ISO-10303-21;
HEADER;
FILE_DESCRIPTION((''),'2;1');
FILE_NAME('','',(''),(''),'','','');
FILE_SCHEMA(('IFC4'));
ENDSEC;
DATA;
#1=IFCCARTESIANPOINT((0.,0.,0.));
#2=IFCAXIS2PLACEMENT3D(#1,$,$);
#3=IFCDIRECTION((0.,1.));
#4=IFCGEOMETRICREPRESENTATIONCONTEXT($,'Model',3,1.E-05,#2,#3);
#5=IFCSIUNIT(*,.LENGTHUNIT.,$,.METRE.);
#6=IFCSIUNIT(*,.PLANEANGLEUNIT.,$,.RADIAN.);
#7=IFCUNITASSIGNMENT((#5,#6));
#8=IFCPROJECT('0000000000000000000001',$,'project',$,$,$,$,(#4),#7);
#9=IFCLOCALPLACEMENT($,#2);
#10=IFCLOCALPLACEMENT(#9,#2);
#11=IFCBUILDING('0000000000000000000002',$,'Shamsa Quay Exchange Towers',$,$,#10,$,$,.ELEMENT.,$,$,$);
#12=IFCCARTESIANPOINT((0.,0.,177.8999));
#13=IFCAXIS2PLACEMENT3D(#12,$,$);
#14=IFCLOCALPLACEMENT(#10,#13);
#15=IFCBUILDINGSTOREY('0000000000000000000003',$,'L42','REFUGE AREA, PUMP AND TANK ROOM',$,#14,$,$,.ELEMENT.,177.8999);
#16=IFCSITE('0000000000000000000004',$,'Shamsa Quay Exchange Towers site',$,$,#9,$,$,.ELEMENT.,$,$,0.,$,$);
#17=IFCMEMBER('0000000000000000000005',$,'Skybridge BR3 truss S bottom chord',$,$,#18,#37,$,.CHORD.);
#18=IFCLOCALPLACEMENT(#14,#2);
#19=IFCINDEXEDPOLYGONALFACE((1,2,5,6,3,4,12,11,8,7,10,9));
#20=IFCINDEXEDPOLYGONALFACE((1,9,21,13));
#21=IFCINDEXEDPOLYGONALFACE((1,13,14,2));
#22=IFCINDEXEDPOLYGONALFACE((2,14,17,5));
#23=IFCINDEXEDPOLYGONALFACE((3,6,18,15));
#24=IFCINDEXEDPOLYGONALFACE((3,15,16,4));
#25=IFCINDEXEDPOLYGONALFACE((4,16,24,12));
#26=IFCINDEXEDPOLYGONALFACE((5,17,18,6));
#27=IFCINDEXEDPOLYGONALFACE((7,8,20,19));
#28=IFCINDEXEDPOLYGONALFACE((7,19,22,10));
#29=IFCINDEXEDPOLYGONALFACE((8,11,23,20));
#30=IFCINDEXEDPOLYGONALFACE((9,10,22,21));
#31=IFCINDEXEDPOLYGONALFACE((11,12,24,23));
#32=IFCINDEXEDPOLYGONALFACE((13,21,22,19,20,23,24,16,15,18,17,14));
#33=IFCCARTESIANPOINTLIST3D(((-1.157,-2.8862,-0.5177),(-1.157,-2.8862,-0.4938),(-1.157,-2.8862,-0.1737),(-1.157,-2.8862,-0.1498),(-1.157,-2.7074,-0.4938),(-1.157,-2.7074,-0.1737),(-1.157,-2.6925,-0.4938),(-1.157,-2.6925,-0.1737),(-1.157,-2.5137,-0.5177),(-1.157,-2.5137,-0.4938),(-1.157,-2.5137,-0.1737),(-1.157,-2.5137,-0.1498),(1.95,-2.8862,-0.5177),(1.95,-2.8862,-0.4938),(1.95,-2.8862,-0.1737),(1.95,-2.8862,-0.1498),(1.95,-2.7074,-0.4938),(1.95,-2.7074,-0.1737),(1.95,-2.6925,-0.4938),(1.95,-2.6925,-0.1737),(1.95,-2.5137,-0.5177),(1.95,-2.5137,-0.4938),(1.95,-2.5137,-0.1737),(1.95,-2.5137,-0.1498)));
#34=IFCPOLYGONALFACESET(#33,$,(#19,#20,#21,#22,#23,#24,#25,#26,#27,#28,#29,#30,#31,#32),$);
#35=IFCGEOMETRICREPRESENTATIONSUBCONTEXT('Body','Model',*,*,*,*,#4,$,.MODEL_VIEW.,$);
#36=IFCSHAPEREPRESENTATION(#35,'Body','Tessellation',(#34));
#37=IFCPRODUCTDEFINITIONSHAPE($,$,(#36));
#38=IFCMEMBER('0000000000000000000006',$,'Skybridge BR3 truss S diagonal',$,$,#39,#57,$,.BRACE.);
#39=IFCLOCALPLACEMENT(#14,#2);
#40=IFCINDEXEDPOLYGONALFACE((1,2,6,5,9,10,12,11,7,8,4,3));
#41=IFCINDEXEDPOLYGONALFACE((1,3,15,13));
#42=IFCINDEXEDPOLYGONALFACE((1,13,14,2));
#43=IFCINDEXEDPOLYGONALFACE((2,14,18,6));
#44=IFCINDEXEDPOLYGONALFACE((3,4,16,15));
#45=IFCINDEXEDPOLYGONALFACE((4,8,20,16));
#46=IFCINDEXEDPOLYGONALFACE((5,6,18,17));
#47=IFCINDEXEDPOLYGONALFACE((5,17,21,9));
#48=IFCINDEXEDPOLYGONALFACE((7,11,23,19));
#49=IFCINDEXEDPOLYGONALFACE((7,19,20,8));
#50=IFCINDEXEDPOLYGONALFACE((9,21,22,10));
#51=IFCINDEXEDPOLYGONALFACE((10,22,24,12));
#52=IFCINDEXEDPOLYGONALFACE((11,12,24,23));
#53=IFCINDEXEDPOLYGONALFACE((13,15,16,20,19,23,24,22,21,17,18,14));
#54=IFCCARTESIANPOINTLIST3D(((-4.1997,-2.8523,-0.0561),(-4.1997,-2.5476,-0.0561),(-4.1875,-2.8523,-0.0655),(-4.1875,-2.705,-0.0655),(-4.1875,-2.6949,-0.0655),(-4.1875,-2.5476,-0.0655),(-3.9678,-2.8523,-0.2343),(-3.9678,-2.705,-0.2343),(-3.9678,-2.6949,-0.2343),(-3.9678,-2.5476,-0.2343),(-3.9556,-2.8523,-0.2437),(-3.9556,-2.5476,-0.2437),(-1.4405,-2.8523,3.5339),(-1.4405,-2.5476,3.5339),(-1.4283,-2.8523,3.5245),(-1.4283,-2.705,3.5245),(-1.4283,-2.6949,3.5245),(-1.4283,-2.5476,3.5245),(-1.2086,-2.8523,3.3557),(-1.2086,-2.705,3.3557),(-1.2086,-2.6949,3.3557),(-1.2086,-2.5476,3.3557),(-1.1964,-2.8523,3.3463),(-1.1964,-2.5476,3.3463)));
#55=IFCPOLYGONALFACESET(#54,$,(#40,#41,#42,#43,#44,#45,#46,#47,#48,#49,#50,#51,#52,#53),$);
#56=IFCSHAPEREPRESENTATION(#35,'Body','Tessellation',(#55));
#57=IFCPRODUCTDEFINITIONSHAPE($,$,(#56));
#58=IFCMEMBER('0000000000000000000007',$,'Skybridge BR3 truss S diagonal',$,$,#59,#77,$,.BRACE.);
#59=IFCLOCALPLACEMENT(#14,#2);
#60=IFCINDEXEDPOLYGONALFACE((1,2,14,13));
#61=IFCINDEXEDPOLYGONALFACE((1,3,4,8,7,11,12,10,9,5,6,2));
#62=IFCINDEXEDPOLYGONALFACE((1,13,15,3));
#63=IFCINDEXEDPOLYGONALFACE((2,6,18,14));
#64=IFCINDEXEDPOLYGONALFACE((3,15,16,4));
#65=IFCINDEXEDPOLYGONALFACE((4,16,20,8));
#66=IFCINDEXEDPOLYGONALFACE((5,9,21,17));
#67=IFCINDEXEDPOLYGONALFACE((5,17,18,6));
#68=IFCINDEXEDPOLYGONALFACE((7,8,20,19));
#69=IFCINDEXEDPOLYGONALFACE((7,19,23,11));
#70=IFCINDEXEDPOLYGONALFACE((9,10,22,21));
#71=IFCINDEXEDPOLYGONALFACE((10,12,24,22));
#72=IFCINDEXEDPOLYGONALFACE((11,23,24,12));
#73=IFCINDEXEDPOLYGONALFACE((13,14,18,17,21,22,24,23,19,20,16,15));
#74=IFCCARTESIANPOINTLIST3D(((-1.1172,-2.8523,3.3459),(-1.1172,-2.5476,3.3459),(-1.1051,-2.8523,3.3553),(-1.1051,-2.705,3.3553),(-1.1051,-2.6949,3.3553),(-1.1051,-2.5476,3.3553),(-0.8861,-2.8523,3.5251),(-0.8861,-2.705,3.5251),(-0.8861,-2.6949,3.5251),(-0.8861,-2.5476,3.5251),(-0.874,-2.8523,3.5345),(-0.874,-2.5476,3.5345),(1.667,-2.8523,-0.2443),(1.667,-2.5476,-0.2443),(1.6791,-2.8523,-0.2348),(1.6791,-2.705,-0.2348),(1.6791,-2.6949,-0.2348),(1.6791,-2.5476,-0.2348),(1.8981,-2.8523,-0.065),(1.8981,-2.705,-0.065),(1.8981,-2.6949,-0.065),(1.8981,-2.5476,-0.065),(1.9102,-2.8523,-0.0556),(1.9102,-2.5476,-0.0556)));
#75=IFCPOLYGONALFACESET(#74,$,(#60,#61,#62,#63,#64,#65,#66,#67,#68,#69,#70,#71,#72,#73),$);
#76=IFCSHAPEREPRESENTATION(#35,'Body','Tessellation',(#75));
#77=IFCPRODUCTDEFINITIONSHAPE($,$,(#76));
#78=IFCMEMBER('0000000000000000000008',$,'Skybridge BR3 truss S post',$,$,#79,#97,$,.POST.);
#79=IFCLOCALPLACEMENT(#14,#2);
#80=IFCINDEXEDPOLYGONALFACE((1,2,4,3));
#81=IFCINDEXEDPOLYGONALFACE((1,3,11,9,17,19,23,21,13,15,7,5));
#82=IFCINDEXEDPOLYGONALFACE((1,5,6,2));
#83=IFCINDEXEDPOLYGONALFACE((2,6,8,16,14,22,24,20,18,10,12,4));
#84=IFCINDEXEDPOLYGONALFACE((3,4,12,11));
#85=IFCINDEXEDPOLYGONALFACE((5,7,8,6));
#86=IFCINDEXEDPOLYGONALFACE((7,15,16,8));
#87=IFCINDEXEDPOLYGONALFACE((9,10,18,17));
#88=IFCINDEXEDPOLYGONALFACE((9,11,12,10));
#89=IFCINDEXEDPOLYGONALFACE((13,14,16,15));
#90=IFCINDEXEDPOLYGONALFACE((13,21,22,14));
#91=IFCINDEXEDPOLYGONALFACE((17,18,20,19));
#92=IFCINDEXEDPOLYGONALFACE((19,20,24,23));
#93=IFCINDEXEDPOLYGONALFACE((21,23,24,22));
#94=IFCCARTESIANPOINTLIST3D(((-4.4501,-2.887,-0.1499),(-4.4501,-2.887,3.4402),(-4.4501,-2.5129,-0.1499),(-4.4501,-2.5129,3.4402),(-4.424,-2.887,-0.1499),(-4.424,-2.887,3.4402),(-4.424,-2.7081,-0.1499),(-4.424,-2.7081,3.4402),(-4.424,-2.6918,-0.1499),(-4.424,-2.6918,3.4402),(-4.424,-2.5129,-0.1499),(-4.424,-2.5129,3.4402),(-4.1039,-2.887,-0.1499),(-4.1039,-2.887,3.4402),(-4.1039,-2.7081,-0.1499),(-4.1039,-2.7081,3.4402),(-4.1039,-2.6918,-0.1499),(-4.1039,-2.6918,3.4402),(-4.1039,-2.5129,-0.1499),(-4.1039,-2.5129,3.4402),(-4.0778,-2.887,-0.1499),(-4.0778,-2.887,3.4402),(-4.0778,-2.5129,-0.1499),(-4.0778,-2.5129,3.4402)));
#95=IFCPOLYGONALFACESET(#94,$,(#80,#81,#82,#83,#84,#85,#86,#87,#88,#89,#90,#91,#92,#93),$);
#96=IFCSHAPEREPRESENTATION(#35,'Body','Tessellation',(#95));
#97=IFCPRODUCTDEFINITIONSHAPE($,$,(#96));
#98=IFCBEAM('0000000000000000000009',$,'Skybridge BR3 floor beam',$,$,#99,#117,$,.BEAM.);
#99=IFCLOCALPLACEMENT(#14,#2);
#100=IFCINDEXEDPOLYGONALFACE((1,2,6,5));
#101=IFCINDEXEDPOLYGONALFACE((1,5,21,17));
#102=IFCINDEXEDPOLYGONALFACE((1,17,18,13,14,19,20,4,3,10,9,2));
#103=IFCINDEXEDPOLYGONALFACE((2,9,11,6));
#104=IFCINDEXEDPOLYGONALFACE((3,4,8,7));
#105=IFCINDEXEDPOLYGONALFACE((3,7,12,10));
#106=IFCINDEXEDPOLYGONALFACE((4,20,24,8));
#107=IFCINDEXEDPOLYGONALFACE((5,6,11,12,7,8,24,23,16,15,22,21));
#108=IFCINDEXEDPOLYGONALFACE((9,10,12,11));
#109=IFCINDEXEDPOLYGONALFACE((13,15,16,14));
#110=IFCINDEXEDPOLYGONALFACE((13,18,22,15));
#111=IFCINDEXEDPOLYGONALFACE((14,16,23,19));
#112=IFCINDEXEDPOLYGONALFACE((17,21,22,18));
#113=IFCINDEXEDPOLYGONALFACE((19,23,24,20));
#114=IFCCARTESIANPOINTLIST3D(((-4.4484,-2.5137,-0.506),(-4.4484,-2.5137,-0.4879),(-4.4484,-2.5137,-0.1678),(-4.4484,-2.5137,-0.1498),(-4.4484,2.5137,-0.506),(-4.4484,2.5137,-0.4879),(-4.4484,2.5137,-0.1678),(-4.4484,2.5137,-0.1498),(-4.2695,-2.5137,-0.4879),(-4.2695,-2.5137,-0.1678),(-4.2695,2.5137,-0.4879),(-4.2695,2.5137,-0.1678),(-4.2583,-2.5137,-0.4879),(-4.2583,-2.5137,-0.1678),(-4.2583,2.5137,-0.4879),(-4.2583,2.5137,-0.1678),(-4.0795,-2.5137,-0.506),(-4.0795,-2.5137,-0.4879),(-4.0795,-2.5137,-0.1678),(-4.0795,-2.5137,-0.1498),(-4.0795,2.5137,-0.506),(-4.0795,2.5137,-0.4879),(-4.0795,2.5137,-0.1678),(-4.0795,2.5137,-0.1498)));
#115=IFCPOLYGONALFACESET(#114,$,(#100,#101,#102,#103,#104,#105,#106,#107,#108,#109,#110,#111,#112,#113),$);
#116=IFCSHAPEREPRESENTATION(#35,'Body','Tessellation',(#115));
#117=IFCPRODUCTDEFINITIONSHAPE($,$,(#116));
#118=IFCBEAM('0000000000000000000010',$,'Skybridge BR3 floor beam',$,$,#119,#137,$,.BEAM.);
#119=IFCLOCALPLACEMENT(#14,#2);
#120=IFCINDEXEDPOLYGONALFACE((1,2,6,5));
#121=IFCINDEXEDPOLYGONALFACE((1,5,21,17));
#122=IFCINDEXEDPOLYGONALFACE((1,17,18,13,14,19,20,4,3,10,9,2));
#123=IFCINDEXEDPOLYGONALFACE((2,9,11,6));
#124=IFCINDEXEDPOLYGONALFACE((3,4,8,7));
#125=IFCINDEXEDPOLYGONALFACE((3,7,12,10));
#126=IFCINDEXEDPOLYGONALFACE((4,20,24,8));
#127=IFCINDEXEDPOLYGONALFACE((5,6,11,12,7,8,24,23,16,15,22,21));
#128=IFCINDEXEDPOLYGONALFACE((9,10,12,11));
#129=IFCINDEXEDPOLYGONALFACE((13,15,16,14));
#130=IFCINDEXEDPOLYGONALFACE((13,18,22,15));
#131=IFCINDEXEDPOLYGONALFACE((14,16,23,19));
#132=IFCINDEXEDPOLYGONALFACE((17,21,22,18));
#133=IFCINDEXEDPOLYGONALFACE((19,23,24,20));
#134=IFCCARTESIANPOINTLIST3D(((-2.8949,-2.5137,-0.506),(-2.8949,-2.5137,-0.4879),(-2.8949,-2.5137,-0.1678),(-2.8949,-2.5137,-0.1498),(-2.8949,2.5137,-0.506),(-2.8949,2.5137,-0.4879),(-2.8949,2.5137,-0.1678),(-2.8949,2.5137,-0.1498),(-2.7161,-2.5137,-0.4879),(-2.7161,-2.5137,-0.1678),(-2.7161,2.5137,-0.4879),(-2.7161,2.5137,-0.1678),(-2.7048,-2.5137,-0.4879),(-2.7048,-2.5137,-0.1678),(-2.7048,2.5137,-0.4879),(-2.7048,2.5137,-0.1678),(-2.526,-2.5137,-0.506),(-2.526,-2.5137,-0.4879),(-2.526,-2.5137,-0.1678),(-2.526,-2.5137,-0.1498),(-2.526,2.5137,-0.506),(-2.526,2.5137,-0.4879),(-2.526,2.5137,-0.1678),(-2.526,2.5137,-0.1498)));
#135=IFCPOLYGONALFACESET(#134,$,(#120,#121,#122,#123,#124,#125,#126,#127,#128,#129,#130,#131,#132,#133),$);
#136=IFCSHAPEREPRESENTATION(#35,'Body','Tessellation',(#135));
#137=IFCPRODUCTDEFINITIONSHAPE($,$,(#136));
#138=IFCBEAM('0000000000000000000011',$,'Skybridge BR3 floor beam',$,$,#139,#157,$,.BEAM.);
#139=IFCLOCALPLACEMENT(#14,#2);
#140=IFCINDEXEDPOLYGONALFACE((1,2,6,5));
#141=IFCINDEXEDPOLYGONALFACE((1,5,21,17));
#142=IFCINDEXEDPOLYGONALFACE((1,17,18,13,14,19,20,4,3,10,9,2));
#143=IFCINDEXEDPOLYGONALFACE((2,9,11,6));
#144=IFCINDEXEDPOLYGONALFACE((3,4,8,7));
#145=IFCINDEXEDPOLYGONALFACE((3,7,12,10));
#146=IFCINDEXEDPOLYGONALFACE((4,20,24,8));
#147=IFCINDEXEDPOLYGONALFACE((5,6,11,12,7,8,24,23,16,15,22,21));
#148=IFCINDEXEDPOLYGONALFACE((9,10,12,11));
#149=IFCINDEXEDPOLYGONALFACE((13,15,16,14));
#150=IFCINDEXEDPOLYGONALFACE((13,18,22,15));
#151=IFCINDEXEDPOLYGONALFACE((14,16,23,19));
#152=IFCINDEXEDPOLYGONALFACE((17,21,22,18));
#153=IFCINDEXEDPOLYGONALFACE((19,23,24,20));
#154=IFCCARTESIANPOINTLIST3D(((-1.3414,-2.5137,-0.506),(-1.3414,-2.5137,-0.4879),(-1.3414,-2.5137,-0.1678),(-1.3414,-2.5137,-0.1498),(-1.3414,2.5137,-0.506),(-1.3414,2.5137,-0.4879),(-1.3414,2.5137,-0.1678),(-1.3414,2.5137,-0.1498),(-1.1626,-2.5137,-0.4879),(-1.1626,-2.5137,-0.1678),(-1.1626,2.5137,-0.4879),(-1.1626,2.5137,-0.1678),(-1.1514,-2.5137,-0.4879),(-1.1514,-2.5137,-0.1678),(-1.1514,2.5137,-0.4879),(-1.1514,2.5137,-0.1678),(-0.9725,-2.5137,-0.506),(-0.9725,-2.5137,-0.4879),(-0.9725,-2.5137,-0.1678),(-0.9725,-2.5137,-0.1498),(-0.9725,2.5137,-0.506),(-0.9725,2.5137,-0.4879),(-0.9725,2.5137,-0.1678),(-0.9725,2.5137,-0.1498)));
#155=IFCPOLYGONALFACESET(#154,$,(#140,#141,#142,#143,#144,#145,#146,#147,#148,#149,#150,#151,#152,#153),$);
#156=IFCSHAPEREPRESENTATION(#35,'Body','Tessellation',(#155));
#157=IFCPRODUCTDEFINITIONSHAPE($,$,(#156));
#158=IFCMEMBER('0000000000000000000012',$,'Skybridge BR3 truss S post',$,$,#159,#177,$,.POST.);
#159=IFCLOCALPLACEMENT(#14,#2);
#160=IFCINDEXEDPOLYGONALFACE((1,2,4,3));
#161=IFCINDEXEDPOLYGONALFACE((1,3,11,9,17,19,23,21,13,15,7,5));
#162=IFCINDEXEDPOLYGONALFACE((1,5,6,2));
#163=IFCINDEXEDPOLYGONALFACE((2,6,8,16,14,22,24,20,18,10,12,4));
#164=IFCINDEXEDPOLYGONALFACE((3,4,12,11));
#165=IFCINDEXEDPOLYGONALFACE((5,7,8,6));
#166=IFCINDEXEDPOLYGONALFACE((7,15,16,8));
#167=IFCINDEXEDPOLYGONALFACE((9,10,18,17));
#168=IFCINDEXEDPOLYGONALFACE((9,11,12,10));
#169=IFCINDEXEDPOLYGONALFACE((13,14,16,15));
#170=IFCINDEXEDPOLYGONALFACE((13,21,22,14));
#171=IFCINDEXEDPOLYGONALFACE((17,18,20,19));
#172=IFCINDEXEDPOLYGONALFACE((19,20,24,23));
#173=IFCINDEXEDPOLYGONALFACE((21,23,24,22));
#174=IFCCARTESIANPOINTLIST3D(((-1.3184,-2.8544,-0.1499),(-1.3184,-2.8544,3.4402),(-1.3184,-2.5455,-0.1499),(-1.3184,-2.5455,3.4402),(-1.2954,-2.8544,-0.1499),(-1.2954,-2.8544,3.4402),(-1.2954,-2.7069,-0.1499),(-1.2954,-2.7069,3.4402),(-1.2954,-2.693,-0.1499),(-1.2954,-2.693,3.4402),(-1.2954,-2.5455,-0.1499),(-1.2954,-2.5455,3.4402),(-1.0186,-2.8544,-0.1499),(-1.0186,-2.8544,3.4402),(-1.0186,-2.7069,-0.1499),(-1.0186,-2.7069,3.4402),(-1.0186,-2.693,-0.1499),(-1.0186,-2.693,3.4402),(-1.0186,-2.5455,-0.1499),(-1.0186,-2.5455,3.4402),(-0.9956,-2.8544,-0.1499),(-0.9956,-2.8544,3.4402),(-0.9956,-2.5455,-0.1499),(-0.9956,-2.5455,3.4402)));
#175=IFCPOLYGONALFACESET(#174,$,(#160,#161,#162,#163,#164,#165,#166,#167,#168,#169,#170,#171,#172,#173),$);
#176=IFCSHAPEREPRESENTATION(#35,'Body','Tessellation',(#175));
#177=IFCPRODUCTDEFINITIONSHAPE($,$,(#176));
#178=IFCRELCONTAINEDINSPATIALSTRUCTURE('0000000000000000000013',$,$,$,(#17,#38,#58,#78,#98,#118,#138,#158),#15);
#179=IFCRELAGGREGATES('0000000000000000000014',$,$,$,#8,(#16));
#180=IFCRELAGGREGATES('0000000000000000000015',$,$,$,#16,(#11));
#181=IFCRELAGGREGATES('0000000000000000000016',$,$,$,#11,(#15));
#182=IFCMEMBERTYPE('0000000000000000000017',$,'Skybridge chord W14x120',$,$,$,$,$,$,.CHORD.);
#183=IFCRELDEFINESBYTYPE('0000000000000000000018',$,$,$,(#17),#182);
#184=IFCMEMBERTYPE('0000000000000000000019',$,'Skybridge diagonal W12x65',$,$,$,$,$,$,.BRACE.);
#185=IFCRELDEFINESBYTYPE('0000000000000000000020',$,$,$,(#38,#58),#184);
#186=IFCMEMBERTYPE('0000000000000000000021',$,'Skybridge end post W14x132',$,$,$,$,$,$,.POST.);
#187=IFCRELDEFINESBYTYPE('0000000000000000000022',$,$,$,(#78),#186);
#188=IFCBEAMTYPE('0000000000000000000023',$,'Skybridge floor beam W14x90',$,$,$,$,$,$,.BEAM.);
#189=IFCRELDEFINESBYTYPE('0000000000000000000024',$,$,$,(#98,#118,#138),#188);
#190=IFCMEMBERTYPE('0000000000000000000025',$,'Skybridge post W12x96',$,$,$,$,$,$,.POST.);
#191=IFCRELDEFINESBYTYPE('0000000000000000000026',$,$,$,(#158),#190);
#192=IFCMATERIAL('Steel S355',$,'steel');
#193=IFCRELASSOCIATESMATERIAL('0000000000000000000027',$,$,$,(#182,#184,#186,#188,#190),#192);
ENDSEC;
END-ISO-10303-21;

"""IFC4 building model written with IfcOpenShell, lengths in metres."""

from ifc_helpers import new_model, si_unit, direction, frame, origin, origin_2d, place, context, subcontext, project, spatial, i_section, extrude, material, material_profile, profile_set, type_object, element, save


model = new_model("IFC4")

# Units and contexts
model_context = context("Model", 3, precision=1e-05, world=origin(), true_north=direction((0.0, 1.0)))
body_context = subcontext(model_context, "Body", "Model", "MODEL_VIEW")
ifc_project = project(units=[si_unit("LENGTHUNIT", "METRE"), si_unit("PLANEANGLEUNIT", "RADIAN")], contexts=[model_context])

# Site, building, storey
site_placement = place(None, origin())
site = spatial("IfcSite", under=ifc_project, at=site_placement, Name="Shamsa Quay Exchange Towers site", CompositionType="ELEMENT", RefElevation=0.0)
building_placement = place(site_placement, origin())
building = spatial("IfcBuilding", under=site, at=building_placement, Name="Shamsa Quay Exchange Towers", CompositionType="ELEMENT")
storey_placement = place(building_placement, frame((0.0, 0.0, 177.8999)))
storey = spatial("IfcBuildingStorey", under=building, at=storey_placement, Name="L42", Description="REFUGE AREA, PUMP AND TANK ROOM", CompositionType="ELEMENT", Elevation=177.8999)

# Shared definitions
ifc_material_1 = material(Name="Steel S355", Category="steel")

# Members
ifc_material_profile_1 = material_profile(ifc_material_1, i_section(OverallWidth=0.3726, OverallDepth=0.3679, WebThickness=0.0149, FlangeThickness=0.0239, at=origin_2d()), Name="W14x120")
ifc_profile_set_1 = profile_set([ifc_material_profile_1], Name="Steel S355")
member_type_1 = type_object("IfcMemberType", Name="Skybridge chord W14x120", PredefinedType="CHORD", material=ifc_profile_set_1)
member_1_placement = place(storey_placement, frame((-1.157, -2.7, -0.3337), z_axis=(1.0, 0.0, 0.0), x_axis=(0.0, 1.0, 0.0)))
element("IfcMember", 1, at=member_1_placement, inside=storey, type_object=member_type_1, Name="Skybridge BR3 truss S bottom chord", PredefinedType="CHORD", context=body_context, shape_type="SweptSolid", body=[
    extrude(i_section(OverallWidth=0.3726, OverallDepth=0.3679, WebThickness=0.0149, FlangeThickness=0.0239, at=origin_2d()), origin(), (0.0, 0.0, 1.0), 3.1069),
])
ifc_material_profile_2 = material_profile(ifc_material_1, i_section(OverallWidth=0.3047, OverallDepth=0.3079, WebThickness=0.01, FlangeThickness=0.0154, at=origin_2d()), Name="W12x65")
ifc_profile_set_2 = profile_set([ifc_material_profile_2], Name="Steel S355")
member_type_2 = type_object("IfcMemberType", Name="Skybridge diagonal W12x65", PredefinedType="BRACE", material=ifc_profile_set_2)
member_2_placement = place(storey_placement, frame((-4.0776, -2.7, -0.1499), z_axis=(0.609388, 0.0, 0.792872), x_axis=(0.0, 1.0, 0.0)))
element("IfcMember", 2, at=member_2_placement, inside=storey, type_object=member_type_2, Name="Skybridge BR3 truss S diagonal", PredefinedType="BRACE", context=body_context, shape_type="SweptSolid", body=[
    extrude(i_section(OverallWidth=0.3047, OverallDepth=0.3079, WebThickness=0.01, FlangeThickness=0.0154, at=origin_2d()), origin(), (0.0, 0.0, 1.0), 4.5278),
])
member_3_placement = place(storey_placement, frame((-0.9956, -2.7, 3.4402), z_axis=(0.612828, 0.0, -0.790217), x_axis=(0.0, 1.0, 0.0)))
element("IfcMember", 3, at=member_3_placement, inside=storey, type_object=member_type_2, Name="Skybridge BR3 truss S diagonal", PredefinedType="BRACE", context=body_context, shape_type="SweptSolid", body=[
    extrude(i_section(OverallWidth=0.3047, OverallDepth=0.3079, WebThickness=0.01, FlangeThickness=0.0154, at=origin_2d()), origin(), (0.0, 0.0, 1.0), 4.5432),
])
ifc_material_profile_3 = material_profile(ifc_material_1, i_section(OverallWidth=0.374, OverallDepth=0.3723, WebThickness=0.0164, FlangeThickness=0.0261, at=origin_2d()), Name="W14x132")
ifc_profile_set_3 = profile_set([ifc_material_profile_3], Name="Steel S355")
member_type_3 = type_object("IfcMemberType", Name="Skybridge end post W14x132", PredefinedType="POST", material=ifc_profile_set_3)
member_4_placement = place(storey_placement, frame((-4.2639, -2.7, -0.1499), z_axis=(0.0, 0.0, 1.0), x_axis=(0.0, 1.0, 0.0)))
element("IfcMember", 4, at=member_4_placement, inside=storey, type_object=member_type_3, Name="Skybridge BR3 truss S post", PredefinedType="POST", context=body_context, shape_type="SweptSolid", body=[
    extrude(i_section(OverallWidth=0.374, OverallDepth=0.3723, WebThickness=0.0164, FlangeThickness=0.0261, at=origin_2d()), origin(), (0.0, 0.0, 1.0), 3.5901),
])

# Beams
ifc_material_profile_4 = material_profile(ifc_material_1, i_section(OverallWidth=0.3689, OverallDepth=0.3562, WebThickness=0.0112, FlangeThickness=0.0181, at=origin_2d()), Name="W14x90")
ifc_profile_set_4 = profile_set([ifc_material_profile_4], Name="Steel S355")
beam_type_1 = type_object("IfcBeamType", Name="Skybridge floor beam W14x90", PredefinedType="BEAM", material=ifc_profile_set_4)
for number, where, z_axis, x_axis, name in (
    (5, (-4.2639, -2.5137, -0.3279), (0.0, 1.0, 0.0), (-1.0, 0.0, 0.0), "Skybridge BR3 floor beam"),
    (6, (-2.7104, -2.5137, -0.3279), (0.0, 1.0, 0.0), (-1.0, 0.0, 0.0), "Skybridge BR3 floor beam"),
    (7, (-1.157, -2.5137, -0.3279), (0.0, 1.0, 0.0), (-1.0, 0.0, 0.0), "Skybridge BR3 floor beam"),
):
    element("IfcBeam", number, at=place(storey_placement, frame(where, z_axis=z_axis, x_axis=x_axis)), inside=storey, type_object=beam_type_1, Name=name, PredefinedType="BEAM", context=body_context, shape_type="SweptSolid", body=[
        extrude(i_section(OverallWidth=0.3689, OverallDepth=0.3562, WebThickness=0.0112, FlangeThickness=0.0181, at=origin_2d()), origin(), (0.0, 0.0, 1.0), 5.0273),
    ])

# Member
ifc_material_profile_5 = material_profile(ifc_material_1, i_section(OverallWidth=0.3088, OverallDepth=0.3228, WebThickness=0.0139, FlangeThickness=0.0229, at=origin_2d()), Name="W12x96")
ifc_profile_set_5 = profile_set([ifc_material_profile_5], Name="Steel S355")
member_type_4 = type_object("IfcMemberType", Name="Skybridge post W12x96", PredefinedType="POST", material=ifc_profile_set_5)
member_5_placement = place(storey_placement, frame((-1.157, -2.7, -0.1499), z_axis=(0.0, 0.0, 1.0), x_axis=(0.0, 1.0, 0.0)))
element("IfcMember", 8, at=member_5_placement, inside=storey, type_object=member_type_4, Name="Skybridge BR3 truss S post", PredefinedType="POST", context=body_context, shape_type="SweptSolid", body=[
    extrude(i_section(OverallWidth=0.3088, OverallDepth=0.3228, WebThickness=0.0139, FlangeThickness=0.0229, at=origin_2d()), origin(), (0.0, 0.0, 1.0), 3.5901),
])

save(model, "model.ifc")
